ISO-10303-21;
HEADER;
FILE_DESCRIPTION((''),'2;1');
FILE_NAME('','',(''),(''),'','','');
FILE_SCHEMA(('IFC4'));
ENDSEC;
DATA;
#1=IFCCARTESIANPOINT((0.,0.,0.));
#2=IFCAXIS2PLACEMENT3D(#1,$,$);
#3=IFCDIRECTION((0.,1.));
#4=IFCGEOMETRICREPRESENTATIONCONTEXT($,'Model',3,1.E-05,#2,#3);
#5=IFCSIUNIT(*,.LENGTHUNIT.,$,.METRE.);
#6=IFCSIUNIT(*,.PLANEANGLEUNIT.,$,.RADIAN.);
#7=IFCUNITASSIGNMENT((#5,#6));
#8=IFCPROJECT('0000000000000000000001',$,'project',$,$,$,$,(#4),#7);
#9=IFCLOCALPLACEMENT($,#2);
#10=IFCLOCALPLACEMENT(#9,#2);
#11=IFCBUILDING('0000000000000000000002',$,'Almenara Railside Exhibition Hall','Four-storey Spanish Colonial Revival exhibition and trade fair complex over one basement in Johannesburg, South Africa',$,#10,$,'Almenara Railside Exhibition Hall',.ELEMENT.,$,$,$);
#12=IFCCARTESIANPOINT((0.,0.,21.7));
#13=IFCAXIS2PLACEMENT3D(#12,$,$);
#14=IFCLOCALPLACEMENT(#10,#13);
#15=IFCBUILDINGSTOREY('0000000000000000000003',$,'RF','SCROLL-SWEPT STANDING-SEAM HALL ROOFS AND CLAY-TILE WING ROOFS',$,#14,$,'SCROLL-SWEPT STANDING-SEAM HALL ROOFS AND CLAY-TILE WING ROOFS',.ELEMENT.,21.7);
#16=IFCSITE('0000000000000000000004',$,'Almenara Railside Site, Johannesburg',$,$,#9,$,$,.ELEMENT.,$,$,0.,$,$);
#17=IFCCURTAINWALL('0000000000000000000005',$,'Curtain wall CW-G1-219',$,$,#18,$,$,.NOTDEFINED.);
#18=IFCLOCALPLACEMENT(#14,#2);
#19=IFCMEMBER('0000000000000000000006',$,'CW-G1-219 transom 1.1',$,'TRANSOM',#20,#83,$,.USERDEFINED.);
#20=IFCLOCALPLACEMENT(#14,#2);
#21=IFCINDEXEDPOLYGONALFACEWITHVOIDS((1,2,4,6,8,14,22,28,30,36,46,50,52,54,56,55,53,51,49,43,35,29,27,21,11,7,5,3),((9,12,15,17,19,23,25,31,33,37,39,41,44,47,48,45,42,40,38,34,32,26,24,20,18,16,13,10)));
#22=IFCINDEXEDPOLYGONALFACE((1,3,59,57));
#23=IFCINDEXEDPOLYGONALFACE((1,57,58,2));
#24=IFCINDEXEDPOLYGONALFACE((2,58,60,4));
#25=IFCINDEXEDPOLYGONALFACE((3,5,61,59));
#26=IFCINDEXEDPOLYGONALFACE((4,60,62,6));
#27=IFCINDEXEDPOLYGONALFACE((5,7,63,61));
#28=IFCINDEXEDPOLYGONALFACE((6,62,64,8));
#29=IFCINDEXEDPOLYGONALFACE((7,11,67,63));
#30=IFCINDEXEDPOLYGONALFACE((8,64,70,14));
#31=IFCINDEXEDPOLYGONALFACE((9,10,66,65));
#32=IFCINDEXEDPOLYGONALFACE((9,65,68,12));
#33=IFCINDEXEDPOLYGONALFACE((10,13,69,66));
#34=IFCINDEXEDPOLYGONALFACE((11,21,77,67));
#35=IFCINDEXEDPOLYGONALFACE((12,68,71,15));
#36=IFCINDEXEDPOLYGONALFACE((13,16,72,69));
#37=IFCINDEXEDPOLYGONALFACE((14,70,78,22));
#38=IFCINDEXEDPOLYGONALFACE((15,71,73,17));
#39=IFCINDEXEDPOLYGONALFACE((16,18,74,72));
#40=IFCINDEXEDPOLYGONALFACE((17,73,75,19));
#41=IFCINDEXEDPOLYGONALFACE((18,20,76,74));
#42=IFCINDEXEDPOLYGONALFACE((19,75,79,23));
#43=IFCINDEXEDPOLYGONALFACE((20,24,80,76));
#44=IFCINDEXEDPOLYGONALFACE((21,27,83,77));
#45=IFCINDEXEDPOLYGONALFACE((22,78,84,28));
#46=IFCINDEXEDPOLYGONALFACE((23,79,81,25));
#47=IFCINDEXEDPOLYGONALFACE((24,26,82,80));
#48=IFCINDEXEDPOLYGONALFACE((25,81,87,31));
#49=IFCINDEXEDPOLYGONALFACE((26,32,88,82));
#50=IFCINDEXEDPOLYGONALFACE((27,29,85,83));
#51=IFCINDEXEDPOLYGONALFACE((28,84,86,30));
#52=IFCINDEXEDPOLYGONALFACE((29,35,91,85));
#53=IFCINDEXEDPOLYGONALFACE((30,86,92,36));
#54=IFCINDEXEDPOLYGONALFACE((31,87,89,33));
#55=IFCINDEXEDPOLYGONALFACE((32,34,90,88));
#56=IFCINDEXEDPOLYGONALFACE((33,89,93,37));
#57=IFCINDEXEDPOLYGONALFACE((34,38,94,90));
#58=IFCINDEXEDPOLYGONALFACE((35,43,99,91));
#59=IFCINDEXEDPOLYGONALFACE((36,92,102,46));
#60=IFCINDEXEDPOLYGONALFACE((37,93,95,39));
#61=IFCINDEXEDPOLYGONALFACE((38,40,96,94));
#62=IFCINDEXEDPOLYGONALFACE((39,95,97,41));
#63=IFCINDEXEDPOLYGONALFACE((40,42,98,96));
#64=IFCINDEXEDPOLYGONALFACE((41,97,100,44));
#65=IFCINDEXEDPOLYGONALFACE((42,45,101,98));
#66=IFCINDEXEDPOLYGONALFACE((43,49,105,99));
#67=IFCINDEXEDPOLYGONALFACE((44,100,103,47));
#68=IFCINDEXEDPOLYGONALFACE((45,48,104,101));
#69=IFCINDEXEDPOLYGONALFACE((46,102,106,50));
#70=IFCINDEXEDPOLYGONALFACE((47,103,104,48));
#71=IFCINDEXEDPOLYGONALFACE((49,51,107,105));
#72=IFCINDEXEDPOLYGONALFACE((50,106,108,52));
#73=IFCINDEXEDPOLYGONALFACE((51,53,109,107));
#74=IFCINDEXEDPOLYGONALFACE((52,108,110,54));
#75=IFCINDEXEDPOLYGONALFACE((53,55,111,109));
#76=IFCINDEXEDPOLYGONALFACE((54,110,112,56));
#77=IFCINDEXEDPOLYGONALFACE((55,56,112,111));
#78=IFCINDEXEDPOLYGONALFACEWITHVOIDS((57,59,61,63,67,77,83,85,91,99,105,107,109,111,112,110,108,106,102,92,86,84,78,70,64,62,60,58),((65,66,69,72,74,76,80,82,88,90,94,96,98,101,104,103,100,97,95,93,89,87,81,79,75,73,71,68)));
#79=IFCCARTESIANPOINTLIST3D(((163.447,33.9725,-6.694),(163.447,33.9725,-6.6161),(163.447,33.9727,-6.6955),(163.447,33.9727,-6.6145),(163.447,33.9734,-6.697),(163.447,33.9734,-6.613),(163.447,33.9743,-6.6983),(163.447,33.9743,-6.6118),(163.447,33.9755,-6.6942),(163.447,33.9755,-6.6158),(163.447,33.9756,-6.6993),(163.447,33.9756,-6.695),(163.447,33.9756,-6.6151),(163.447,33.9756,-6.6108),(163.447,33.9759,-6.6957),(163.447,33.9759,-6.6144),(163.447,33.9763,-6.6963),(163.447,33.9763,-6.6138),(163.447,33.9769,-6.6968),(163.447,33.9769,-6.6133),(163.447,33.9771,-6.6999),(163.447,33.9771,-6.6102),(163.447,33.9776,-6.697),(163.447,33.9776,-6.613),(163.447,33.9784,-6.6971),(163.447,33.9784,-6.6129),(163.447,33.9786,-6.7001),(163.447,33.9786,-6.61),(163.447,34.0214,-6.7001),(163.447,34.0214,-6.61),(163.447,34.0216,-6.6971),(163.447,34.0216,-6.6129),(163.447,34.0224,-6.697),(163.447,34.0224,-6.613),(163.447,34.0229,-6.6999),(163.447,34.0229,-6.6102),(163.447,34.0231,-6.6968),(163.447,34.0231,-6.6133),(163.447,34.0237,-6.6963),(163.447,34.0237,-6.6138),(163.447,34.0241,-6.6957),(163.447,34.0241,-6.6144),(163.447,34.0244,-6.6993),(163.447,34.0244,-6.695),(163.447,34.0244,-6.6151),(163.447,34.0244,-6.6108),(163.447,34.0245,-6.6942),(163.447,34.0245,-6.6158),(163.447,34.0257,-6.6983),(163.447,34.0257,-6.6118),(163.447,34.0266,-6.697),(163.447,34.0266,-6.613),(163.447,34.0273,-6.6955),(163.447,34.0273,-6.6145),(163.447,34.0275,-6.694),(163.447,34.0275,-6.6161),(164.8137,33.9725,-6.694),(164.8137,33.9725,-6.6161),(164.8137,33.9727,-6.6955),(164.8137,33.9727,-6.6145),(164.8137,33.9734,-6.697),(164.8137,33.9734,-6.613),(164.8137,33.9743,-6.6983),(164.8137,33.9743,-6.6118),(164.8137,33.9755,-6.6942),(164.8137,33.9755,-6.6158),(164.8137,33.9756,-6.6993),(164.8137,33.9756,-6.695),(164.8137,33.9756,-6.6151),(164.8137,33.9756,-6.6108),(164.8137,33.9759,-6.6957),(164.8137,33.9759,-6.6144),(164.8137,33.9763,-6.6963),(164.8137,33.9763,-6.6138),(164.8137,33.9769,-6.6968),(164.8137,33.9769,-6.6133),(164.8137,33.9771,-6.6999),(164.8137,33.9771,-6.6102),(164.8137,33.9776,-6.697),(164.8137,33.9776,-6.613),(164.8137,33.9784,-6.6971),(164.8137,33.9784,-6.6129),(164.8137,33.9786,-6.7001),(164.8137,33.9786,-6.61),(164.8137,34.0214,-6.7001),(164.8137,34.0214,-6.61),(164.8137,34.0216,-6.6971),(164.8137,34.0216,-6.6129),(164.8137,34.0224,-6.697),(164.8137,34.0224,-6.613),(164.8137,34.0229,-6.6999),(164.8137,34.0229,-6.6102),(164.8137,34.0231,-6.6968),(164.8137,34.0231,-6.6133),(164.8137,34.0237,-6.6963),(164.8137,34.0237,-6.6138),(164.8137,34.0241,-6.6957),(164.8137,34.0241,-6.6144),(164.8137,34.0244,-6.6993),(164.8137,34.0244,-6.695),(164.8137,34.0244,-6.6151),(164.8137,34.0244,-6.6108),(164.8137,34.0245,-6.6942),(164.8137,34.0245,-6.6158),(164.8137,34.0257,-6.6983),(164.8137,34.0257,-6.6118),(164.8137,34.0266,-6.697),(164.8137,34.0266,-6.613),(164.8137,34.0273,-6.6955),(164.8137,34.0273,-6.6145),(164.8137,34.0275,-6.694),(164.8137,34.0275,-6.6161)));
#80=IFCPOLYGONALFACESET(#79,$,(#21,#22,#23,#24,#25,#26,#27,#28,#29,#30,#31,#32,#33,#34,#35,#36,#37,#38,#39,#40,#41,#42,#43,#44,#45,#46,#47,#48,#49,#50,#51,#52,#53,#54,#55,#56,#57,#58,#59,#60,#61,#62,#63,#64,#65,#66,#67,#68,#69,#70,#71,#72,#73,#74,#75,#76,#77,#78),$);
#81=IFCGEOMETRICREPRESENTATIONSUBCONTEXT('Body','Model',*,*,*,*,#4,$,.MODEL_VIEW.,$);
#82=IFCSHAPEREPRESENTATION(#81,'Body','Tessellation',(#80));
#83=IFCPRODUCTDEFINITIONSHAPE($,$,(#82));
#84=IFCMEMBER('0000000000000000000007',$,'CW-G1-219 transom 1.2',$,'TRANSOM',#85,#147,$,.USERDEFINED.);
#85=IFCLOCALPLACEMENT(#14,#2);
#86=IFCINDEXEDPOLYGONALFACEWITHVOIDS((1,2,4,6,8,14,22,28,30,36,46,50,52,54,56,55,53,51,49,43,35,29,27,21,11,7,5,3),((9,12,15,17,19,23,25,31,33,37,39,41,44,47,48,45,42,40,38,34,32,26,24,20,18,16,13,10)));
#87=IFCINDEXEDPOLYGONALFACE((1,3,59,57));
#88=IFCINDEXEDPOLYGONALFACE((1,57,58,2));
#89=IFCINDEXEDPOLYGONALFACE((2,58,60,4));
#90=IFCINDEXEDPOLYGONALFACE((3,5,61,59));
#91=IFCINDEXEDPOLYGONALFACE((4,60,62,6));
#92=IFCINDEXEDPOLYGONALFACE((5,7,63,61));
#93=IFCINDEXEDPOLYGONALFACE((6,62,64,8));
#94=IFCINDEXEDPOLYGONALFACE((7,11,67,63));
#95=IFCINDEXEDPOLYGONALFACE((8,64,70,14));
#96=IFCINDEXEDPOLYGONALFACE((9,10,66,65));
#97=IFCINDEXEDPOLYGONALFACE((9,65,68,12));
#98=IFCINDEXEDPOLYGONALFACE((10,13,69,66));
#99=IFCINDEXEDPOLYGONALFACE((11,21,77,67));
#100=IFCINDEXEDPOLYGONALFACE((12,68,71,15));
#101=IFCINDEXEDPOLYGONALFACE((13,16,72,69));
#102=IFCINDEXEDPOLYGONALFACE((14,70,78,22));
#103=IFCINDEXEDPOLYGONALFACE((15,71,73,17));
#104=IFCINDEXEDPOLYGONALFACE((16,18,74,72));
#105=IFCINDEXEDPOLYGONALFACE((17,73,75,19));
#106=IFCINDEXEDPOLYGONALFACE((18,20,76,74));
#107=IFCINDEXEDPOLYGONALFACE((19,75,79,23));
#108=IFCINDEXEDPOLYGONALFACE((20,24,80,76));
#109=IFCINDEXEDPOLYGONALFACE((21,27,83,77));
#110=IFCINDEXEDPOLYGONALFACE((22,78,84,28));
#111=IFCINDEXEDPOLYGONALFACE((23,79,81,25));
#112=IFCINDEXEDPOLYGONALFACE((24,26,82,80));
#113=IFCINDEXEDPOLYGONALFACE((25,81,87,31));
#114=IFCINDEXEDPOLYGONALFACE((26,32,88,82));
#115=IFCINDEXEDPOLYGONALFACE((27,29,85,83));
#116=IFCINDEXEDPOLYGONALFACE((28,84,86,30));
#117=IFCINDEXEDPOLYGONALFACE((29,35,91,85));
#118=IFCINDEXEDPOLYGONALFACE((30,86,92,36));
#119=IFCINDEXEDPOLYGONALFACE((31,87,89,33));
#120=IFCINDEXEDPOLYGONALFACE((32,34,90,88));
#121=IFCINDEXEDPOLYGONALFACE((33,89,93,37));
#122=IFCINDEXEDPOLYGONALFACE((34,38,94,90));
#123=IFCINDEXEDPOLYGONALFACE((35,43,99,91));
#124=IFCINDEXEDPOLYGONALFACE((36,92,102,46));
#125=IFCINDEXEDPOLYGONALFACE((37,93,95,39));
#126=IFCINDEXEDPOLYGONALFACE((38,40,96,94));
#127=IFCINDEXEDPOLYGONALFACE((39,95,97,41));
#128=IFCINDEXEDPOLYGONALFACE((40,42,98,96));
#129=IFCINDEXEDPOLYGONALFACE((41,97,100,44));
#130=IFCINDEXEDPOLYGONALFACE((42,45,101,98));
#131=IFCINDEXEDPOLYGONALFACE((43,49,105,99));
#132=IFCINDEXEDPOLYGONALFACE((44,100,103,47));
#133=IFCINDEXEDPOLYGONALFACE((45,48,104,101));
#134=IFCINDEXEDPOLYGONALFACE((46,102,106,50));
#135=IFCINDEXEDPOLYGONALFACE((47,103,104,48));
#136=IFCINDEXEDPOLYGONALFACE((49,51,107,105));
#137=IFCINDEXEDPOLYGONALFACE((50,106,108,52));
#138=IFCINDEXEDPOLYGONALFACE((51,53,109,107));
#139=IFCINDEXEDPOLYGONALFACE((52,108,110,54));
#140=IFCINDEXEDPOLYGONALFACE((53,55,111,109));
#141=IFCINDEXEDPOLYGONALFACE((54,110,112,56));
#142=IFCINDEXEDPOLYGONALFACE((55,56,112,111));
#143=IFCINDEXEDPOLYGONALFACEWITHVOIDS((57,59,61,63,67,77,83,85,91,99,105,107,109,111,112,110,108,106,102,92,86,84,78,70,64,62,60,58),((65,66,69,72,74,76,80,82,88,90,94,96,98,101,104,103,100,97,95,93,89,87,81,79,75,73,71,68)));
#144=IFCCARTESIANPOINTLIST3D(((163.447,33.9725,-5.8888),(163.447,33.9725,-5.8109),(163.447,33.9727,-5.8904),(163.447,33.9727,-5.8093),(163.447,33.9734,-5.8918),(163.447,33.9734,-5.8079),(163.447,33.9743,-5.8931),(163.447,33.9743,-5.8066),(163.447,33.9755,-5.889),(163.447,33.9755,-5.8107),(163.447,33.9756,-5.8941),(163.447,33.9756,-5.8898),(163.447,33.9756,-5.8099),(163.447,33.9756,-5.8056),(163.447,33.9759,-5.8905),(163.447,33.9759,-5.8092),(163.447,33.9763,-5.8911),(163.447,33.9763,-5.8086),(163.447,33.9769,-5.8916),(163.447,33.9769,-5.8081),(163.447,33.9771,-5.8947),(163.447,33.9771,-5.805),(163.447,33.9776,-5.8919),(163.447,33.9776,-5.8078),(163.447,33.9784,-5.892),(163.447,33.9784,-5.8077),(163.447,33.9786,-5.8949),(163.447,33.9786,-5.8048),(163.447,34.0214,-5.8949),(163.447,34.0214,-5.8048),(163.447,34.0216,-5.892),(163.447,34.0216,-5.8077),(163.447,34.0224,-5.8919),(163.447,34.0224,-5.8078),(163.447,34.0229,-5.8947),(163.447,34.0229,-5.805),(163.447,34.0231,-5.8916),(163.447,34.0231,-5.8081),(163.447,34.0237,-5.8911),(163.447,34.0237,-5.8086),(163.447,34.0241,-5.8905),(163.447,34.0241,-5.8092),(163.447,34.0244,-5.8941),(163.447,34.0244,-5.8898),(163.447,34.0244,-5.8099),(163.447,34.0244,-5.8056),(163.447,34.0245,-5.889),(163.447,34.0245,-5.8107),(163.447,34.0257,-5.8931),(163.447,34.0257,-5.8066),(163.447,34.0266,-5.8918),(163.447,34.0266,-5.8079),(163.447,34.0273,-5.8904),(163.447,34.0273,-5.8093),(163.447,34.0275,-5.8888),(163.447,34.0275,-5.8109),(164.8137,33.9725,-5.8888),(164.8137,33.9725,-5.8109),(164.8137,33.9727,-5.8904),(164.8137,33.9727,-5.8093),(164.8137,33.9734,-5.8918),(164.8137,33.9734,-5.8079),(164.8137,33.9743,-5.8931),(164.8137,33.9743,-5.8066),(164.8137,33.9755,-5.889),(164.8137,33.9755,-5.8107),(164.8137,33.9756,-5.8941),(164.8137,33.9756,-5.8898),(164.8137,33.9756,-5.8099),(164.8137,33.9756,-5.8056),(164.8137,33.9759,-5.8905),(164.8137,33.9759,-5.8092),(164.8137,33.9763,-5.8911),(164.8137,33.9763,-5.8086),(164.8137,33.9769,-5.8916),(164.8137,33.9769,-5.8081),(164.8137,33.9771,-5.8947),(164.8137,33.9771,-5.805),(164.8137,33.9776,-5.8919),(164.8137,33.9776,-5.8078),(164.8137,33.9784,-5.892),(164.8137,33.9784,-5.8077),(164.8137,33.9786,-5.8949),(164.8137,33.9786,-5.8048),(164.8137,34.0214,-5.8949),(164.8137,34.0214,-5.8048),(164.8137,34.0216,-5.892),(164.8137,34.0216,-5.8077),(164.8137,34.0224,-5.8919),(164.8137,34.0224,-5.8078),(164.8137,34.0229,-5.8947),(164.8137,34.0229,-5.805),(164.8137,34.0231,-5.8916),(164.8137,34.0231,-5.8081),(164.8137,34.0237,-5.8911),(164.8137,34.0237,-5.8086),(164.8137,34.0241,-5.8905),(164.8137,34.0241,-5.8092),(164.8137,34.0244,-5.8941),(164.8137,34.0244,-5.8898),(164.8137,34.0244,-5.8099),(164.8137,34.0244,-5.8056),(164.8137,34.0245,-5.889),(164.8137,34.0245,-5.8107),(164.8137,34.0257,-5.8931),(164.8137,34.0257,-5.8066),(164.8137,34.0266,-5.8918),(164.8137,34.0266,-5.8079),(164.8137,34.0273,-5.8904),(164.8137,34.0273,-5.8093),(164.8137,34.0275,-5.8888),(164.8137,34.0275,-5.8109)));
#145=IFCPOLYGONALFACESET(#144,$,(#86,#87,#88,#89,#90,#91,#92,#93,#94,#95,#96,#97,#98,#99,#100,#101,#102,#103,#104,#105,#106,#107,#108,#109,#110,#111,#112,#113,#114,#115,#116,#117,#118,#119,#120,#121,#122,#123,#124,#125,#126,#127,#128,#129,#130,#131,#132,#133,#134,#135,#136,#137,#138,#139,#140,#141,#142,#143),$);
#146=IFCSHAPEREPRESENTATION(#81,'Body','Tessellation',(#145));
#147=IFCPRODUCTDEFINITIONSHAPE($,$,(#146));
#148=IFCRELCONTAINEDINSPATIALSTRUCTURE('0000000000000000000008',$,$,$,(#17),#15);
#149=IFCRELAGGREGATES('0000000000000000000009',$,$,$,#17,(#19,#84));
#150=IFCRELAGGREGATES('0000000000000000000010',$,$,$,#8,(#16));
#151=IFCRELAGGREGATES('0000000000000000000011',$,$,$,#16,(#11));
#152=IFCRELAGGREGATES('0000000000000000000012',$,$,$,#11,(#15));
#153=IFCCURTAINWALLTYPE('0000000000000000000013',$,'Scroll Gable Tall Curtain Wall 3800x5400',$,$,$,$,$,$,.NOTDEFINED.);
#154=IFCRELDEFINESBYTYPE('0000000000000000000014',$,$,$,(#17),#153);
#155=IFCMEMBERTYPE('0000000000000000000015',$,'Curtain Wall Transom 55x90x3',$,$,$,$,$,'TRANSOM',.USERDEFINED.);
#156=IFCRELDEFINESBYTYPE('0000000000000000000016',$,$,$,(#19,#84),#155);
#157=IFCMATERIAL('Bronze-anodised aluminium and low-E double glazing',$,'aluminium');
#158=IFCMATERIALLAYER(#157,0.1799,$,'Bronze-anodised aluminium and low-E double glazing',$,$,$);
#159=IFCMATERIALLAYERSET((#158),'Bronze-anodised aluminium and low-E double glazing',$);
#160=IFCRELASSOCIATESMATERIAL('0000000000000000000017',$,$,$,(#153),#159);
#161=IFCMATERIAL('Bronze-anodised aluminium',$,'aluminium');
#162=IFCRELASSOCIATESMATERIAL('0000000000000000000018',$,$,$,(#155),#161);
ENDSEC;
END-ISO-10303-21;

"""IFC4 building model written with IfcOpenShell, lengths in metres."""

from ifc_helpers import new_model, si_unit, direction, frame, origin, origin_2d, place, context, subcontext, project, spatial, hollow_rectangle, extrude, material, layer, layer_set, material_profile, profile_set, type_object, element, aggregate, save


model = new_model("IFC4")

# Units and contexts
model_context = context("Model", 3, precision=1e-05, world=origin(), true_north=direction((0.0, 1.0)))
body_context = subcontext(model_context, "Body", "Model", "MODEL_VIEW")
ifc_project = project(units=[si_unit("LENGTHUNIT", "METRE"), si_unit("PLANEANGLEUNIT", "RADIAN")], contexts=[model_context])

# Site, building, storey
site_placement = place(None, origin())
site = spatial("IfcSite", under=ifc_project, at=site_placement, Name="Almenara Railside Site, Johannesburg", CompositionType="ELEMENT", RefElevation=0.0)
building_placement = place(site_placement, origin())
building = spatial("IfcBuilding", under=site, at=building_placement, Name="Almenara Railside Exhibition Hall", Description="Four-storey Spanish Colonial Revival exhibition and trade fair complex over one basement in Johannesburg, South Africa", LongName="Almenara Railside Exhibition Hall", CompositionType="ELEMENT")
storey_placement = place(building_placement, frame((0.0, 0.0, 21.7)))
storey = spatial("IfcBuildingStorey", under=building, at=storey_placement, Name="RF", Description="SCROLL-SWEPT STANDING-SEAM HALL ROOFS AND CLAY-TILE WING ROOFS", LongName="SCROLL-SWEPT STANDING-SEAM HALL ROOFS AND CLAY-TILE WING ROOFS", CompositionType="ELEMENT", Elevation=21.7)

# Curtain wall
ifc_material_1 = material(Name="Bronze-anodised aluminium and low-E double glazing", Category="aluminium")
ifc_layer_1 = layer(ifc_material_1, 0.1799, Name="Bronze-anodised aluminium and low-E double glazing")
ifc_layer_set_1 = layer_set([ifc_layer_1], Name="Bronze-anodised aluminium and low-E double glazing")
curtain_wall_type = type_object("IfcCurtainWallType", Name="Scroll Gable Tall Curtain Wall 3800x5400", PredefinedType="NOTDEFINED", material=ifc_layer_set_1)
curtain_wall_1_placement = place(storey_placement, origin())
curtain_wall_1 = element("IfcCurtainWall", 1, at=curtain_wall_1_placement, inside=storey, type_object=curtain_wall_type, Name="Curtain wall CW-G1-219", PredefinedType="NOTDEFINED")
ifc_material_2 = material(Name="Bronze-anodised aluminium", Category="aluminium")

# Members
ifc_material_profile_1 = material_profile(ifc_material_2, hollow_rectangle(XDim=0.0549, YDim=0.0901, WallThickness=0.0029, InnerFilletRadius=0.0029, OuterFilletRadius=0.0061, at=origin_2d()), Name="ALU-TRN 55x90x3")
ifc_profile_set_1 = profile_set([ifc_material_profile_1], Name="Bronze-anodised aluminium")
member_type_1 = type_object("IfcMemberType", Name="Curtain Wall Transom 55x90x3", ElementType="TRANSOM", PredefinedType="USERDEFINED", material=ifc_profile_set_1)
member_1_placement = place(storey_placement, frame((163.447, 34.0, -6.655), z_axis=(1.0, 0.0, 0.0), x_axis=(0.0, 1.0, 0.0)))
member_1 = element("IfcMember", 2, at=member_1_placement, type_object=member_type_1, Name="CW-G1-219 transom 1.1", ObjectType="TRANSOM", PredefinedType="USERDEFINED", context=body_context, shape_type="SweptSolid", body=[
    extrude(hollow_rectangle(XDim=0.0549, YDim=0.0901, WallThickness=0.0029, InnerFilletRadius=0.0029, OuterFilletRadius=0.0061, at=origin_2d()), origin(), (0.0, 0.0, 1.0), 1.3667),
])
member_2_placement = place(storey_placement, frame((163.447, 34.0, -5.8499), z_axis=(1.0, 0.0, 0.0), x_axis=(0.0, 1.0, 0.0)))
member_2 = element("IfcMember", 3, at=member_2_placement, type_object=member_type_1, Name="CW-G1-219 transom 1.2", ObjectType="TRANSOM", PredefinedType="USERDEFINED", context=body_context, shape_type="SweptSolid", body=[
    extrude(hollow_rectangle(XDim=0.0549, YDim=0.0901, WallThickness=0.0029, InnerFilletRadius=0.0029, OuterFilletRadius=0.0061, at=origin_2d()), origin(), (0.0, 0.0, 1.0), 1.3667),
])

aggregate(curtain_wall_1, [member_1, member_2])

save(model, "model.ifc")
